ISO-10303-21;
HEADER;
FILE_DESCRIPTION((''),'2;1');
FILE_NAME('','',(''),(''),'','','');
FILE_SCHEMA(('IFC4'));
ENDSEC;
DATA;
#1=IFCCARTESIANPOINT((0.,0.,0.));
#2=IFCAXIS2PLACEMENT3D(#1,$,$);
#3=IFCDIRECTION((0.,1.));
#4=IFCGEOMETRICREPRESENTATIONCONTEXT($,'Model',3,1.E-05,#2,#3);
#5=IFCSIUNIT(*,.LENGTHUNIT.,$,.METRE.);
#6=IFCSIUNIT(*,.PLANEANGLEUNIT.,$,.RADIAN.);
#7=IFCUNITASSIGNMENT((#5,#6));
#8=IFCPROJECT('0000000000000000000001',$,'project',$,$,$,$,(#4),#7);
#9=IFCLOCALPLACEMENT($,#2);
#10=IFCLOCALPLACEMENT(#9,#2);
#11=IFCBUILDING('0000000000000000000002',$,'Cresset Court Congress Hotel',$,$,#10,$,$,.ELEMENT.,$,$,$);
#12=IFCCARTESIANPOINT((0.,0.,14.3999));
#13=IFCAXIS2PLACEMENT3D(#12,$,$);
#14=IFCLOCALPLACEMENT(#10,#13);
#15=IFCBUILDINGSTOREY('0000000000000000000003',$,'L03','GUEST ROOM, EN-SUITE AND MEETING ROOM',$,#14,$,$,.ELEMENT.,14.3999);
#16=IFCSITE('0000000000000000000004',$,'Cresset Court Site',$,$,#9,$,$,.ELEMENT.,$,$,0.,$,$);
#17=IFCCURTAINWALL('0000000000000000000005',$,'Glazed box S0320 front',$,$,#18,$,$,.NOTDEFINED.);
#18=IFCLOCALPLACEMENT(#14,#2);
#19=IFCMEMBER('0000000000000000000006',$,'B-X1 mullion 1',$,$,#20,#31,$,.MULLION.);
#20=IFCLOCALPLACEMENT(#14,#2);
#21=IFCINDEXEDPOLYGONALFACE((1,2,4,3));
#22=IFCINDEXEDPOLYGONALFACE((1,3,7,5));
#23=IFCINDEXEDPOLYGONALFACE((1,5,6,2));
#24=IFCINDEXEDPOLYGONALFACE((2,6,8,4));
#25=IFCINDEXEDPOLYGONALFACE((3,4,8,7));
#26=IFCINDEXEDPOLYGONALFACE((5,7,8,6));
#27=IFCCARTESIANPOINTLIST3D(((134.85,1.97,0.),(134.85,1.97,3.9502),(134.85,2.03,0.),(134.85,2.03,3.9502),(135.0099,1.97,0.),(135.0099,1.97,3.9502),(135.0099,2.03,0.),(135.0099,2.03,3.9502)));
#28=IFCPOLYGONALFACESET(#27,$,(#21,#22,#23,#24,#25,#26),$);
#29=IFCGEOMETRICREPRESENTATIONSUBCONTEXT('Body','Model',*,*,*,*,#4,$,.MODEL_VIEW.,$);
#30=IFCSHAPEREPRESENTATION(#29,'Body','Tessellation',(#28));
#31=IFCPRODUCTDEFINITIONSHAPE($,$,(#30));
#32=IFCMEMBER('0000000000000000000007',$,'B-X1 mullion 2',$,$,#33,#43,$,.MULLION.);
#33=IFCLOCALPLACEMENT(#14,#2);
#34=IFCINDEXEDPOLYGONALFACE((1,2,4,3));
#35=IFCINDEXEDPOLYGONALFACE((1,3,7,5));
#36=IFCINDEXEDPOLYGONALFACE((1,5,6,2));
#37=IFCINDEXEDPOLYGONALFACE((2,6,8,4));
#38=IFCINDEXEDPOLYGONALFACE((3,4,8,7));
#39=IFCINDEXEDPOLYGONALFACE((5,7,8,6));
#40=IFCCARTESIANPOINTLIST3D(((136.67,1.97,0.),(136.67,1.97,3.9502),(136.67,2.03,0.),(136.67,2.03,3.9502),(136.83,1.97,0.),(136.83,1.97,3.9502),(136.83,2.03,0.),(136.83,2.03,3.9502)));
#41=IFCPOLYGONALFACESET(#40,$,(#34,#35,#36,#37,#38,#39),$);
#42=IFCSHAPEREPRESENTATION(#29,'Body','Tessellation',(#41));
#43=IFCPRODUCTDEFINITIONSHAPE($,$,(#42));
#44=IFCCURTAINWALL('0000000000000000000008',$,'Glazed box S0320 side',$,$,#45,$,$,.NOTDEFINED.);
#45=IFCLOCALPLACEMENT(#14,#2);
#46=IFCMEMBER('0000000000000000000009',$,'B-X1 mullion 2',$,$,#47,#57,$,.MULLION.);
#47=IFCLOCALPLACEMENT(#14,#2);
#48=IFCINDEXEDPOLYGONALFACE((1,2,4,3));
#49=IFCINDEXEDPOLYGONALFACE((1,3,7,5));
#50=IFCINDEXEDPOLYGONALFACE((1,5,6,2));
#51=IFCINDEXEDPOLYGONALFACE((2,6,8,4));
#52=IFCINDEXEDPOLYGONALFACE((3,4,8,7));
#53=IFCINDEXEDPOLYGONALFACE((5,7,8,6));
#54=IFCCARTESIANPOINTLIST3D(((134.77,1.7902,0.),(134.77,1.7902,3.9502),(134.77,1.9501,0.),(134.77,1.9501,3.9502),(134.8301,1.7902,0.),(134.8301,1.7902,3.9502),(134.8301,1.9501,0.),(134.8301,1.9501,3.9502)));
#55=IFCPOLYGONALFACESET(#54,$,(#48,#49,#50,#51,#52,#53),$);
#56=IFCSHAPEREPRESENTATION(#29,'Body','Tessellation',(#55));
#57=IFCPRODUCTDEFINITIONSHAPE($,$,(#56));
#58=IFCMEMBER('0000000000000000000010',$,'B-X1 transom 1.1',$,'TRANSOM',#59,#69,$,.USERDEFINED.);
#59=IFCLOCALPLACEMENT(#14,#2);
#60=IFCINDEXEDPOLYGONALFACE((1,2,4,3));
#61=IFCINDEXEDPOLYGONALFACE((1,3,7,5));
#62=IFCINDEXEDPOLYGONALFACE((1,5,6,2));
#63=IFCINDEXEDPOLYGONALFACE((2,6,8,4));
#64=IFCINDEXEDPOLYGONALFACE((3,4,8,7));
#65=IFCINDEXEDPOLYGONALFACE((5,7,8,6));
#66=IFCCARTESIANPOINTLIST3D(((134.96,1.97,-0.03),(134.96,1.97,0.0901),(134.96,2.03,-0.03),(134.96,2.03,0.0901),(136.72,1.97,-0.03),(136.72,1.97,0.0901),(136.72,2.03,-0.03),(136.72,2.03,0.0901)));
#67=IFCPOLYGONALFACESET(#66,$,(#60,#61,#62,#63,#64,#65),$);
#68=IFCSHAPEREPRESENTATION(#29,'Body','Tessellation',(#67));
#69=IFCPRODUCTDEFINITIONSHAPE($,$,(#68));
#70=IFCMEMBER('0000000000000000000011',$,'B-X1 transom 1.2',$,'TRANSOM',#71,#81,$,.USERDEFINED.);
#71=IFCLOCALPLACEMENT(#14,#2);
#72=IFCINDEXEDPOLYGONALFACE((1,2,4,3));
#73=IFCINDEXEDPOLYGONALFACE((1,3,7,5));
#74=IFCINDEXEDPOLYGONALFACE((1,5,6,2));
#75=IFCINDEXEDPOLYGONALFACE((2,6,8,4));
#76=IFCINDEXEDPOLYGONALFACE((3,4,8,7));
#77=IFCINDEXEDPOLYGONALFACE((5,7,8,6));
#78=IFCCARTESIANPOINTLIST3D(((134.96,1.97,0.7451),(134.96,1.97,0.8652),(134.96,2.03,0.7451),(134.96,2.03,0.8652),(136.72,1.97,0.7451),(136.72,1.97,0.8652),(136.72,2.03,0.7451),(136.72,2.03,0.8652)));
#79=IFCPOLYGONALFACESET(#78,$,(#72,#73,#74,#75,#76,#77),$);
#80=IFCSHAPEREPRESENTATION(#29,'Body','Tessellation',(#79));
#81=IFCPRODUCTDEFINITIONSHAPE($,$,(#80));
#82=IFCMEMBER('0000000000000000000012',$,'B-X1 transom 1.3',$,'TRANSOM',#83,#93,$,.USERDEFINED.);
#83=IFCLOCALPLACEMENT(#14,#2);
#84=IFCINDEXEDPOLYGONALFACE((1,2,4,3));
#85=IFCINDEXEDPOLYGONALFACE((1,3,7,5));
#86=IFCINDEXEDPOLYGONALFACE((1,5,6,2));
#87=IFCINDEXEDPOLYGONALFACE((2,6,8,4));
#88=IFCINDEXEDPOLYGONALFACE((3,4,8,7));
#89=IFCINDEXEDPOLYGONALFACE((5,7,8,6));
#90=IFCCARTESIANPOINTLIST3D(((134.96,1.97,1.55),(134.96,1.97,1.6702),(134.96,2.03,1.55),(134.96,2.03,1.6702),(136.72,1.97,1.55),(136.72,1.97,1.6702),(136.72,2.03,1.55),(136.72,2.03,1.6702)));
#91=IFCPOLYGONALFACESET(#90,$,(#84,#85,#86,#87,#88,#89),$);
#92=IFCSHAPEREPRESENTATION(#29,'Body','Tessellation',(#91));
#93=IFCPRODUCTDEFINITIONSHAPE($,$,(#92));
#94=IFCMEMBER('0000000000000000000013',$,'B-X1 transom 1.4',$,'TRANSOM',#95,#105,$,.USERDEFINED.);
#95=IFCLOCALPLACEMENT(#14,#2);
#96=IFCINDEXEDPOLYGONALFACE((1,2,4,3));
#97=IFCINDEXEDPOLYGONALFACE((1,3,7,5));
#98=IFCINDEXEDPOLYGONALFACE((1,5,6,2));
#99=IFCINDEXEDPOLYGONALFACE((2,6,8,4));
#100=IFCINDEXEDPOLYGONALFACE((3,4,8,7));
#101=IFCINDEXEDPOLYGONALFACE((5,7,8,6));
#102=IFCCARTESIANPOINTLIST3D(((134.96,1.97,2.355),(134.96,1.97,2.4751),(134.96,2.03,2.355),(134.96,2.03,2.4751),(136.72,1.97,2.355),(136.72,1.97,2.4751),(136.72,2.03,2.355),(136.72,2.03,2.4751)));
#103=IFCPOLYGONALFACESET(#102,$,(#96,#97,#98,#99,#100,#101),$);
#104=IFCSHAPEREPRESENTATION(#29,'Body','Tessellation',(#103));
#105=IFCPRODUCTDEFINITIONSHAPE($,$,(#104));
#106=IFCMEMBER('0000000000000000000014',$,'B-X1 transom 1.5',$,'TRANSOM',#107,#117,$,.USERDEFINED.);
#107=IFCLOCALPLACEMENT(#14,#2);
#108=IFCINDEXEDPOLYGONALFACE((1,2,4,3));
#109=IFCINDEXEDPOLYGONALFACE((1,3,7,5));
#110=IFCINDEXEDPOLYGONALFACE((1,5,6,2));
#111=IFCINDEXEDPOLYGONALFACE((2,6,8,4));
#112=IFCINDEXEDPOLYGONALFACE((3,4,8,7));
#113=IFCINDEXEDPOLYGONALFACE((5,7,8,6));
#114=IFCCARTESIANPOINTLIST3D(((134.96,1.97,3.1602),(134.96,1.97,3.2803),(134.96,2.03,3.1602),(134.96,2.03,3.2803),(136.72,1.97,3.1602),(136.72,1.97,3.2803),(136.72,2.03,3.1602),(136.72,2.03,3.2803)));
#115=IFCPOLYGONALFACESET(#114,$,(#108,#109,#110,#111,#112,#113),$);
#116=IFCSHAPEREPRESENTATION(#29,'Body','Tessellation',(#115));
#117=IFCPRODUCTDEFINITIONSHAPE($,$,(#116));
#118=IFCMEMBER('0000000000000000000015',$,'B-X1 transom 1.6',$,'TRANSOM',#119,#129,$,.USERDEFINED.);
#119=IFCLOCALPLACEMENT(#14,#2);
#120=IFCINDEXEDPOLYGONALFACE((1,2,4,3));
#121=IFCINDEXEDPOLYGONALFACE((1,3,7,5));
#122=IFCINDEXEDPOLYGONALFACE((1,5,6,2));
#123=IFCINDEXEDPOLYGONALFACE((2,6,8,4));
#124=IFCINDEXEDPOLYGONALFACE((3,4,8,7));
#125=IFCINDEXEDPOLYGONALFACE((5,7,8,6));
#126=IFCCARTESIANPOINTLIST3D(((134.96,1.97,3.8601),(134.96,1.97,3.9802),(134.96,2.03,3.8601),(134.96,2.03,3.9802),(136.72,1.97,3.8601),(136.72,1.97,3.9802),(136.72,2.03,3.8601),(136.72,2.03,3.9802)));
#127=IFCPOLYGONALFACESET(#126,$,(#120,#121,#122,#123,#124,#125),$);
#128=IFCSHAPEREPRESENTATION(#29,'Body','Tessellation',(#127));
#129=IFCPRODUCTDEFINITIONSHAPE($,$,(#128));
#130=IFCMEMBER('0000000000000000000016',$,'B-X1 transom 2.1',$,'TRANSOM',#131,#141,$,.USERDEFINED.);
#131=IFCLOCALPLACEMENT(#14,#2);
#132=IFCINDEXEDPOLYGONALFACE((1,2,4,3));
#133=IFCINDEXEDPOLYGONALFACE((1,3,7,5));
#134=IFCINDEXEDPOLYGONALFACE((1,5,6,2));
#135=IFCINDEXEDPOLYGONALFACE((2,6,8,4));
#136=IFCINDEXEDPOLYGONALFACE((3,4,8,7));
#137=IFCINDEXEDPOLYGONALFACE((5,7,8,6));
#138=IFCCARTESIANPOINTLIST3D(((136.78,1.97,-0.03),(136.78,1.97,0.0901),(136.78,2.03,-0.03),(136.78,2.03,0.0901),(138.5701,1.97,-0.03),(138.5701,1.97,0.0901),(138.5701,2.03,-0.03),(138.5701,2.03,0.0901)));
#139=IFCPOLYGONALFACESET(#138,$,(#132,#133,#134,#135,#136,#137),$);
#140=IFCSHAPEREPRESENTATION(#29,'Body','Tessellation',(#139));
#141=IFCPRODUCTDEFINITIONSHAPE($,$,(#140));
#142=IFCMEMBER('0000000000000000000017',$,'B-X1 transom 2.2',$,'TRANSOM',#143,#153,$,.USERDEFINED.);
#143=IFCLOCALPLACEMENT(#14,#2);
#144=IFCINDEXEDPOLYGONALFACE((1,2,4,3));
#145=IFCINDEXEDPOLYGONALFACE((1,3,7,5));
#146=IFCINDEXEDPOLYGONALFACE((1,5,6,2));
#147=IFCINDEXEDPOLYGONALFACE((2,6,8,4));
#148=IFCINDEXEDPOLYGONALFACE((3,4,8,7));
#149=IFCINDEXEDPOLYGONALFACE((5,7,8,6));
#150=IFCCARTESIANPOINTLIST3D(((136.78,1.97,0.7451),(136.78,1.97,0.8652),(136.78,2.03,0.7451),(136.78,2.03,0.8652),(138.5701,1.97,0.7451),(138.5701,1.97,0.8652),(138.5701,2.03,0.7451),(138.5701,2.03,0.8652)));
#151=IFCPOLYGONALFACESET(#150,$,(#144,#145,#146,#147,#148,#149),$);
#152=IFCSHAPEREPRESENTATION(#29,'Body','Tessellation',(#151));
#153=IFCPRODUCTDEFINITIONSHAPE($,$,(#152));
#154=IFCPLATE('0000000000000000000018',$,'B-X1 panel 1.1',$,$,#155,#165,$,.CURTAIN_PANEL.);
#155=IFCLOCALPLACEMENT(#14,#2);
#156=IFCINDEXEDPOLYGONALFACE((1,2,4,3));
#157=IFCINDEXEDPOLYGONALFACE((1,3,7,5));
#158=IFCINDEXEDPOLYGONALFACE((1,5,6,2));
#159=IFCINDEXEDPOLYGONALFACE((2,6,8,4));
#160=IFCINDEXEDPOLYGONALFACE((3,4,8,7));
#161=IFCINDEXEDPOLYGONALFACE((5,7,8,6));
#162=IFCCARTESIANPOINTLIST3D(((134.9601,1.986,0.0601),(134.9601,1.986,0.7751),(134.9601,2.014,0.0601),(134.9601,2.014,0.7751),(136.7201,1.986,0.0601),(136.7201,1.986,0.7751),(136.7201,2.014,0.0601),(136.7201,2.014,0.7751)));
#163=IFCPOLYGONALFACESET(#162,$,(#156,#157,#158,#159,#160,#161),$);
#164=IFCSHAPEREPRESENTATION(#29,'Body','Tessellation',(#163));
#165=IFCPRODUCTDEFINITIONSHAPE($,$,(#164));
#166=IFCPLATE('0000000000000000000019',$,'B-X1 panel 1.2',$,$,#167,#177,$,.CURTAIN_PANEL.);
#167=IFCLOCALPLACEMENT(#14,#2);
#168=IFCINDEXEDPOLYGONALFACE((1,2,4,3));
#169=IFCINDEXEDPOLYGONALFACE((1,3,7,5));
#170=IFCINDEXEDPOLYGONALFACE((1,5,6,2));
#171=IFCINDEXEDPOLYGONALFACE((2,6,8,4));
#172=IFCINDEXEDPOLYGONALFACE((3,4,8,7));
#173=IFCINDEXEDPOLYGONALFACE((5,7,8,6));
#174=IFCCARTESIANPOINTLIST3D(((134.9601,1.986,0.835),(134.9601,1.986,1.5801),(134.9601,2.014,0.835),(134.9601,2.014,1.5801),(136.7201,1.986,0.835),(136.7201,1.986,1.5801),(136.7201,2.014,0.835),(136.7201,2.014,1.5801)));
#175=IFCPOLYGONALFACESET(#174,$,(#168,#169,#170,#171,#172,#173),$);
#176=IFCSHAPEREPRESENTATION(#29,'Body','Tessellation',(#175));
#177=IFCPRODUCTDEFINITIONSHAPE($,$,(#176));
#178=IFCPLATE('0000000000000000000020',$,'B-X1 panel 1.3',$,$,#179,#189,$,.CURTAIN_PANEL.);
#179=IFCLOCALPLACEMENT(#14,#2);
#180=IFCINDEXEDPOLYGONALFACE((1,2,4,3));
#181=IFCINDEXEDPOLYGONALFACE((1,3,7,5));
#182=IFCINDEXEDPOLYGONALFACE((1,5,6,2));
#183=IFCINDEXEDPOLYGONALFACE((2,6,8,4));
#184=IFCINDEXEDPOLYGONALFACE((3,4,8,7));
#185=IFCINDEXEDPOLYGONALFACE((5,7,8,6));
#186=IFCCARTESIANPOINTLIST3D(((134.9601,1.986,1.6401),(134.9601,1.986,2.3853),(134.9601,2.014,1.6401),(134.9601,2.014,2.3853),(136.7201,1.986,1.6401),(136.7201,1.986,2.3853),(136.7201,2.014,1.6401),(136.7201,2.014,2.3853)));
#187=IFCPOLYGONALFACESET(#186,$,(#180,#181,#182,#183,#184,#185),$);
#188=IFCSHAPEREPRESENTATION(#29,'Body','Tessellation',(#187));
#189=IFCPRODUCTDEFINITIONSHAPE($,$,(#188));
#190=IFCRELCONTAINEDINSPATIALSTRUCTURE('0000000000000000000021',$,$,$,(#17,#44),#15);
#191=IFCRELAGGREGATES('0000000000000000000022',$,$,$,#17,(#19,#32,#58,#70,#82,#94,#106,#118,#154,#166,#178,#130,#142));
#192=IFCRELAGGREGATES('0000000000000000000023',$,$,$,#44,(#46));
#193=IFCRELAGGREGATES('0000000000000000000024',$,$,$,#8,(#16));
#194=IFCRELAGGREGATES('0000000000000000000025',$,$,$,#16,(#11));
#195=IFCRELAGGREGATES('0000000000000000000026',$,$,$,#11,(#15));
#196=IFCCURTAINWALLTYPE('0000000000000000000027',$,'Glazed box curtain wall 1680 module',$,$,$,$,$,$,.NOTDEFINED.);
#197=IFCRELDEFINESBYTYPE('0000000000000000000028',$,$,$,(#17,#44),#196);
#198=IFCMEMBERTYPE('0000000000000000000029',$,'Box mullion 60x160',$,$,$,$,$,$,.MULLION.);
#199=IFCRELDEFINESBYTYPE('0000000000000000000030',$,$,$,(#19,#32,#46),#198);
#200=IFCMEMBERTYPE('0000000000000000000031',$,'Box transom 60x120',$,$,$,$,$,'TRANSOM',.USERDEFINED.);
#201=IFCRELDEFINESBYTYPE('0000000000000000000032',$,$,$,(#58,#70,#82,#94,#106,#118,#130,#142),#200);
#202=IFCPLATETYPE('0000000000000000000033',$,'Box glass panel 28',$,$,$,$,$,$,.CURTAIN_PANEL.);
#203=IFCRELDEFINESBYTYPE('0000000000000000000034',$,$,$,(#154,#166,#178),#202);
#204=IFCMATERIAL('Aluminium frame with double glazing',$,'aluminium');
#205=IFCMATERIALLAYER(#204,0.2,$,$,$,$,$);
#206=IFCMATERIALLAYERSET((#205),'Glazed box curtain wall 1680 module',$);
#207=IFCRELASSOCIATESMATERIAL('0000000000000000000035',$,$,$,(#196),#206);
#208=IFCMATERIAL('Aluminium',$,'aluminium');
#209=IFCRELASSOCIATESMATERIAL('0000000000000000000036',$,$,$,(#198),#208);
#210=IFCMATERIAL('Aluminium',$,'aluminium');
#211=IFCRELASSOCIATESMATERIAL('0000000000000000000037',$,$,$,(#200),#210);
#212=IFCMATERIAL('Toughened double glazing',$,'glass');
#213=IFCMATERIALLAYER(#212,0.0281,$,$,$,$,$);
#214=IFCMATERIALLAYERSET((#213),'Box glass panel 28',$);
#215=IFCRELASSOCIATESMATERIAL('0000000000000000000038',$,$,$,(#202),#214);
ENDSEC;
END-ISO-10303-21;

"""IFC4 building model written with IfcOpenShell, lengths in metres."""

from ifc_helpers import new_model, si_unit, direction, frame, origin, origin_2d, place, context, subcontext, project, spatial, rectangle, extrude, material, layer, layer_set, material_profile, profile_set, type_object, element, aggregate, save


model = new_model("IFC4")

# Units and contexts
model_context = context("Model", 3, precision=1e-05, world=origin(), true_north=direction((0.0, 1.0)))
body_context = subcontext(model_context, "Body", "Model", "MODEL_VIEW")
ifc_project = project(units=[si_unit("LENGTHUNIT", "METRE"), si_unit("PLANEANGLEUNIT", "RADIAN")], contexts=[model_context])

# Site, building, storey
site_placement = place(None, origin())
site = spatial("IfcSite", under=ifc_project, at=site_placement, Name="Cresset Court Site", CompositionType="ELEMENT", RefElevation=0.0)
building_placement = place(site_placement, origin())
building = spatial("IfcBuilding", under=site, at=building_placement, Name="Cresset Court Congress Hotel", CompositionType="ELEMENT")
storey_placement = place(building_placement, frame((0.0, 0.0, 14.3999)))
storey = spatial("IfcBuildingStorey", under=building, at=storey_placement, Name="L03", Description="GUEST ROOM, EN-SUITE AND MEETING ROOM", CompositionType="ELEMENT", Elevation=14.3999)

# Curtain wall, members
ifc_material_1 = material(Name="Aluminium frame with double glazing", Category="aluminium")
ifc_layer_1 = layer(ifc_material_1, 0.2)
ifc_layer_set_1 = layer_set([ifc_layer_1], Name="Glazed box curtain wall 1680 module")
curtain_wall_type = type_object("IfcCurtainWallType", Name="Glazed box curtain wall 1680 module", PredefinedType="NOTDEFINED", material=ifc_layer_set_1)
curtain_wall_1_placement = place(storey_placement, origin())
curtain_wall_1 = element("IfcCurtainWall", 1, at=curtain_wall_1_placement, inside=storey, type_object=curtain_wall_type, Name="Glazed box S0320 front", PredefinedType="NOTDEFINED")
ifc_material_2 = material(Name="Aluminium", Category="aluminium")
ifc_material_profile_1 = material_profile(ifc_material_2, rectangle(XDim=0.0601, YDim=0.1599, at=origin_2d()), Name="Box mullion 60x160")
ifc_profile_set_1 = profile_set([ifc_material_profile_1], Name="Aluminium")
member_type_1 = type_object("IfcMemberType", Name="Box mullion 60x160", PredefinedType="MULLION", material=ifc_profile_set_1)
member_1_placement = place(storey_placement, frame((134.9299, 2.0, 0.0), z_axis=(0.0, 0.0, 1.0), x_axis=(0.0, 1.0, 0.0)))
member_1 = element("IfcMember", 2, at=member_1_placement, type_object=member_type_1, Name="B-X1 mullion 1", PredefinedType="MULLION", context=body_context, shape_type="SweptSolid", body=[
    extrude(rectangle(XDim=0.0601, YDim=0.1599, at=origin_2d()), origin(), (0.0, 0.0, 1.0), 3.9502),
])
member_2_placement = place(storey_placement, frame((136.75, 2.0, 0.0), z_axis=(0.0, 0.0, 1.0), x_axis=(0.0, 1.0, 0.0)))
member_2 = element("IfcMember", 3, at=member_2_placement, type_object=member_type_1, Name="B-X1 mullion 2", PredefinedType="MULLION", context=body_context, shape_type="SweptSolid", body=[
    extrude(rectangle(XDim=0.0601, YDim=0.1599, at=origin_2d()), origin(), (0.0, 0.0, 1.0), 3.9502),
])

# Curtain wall, member
curtain_wall_2_placement = place(storey_placement, origin())
curtain_wall_2 = element("IfcCurtainWall", 4, at=curtain_wall_2_placement, inside=storey, type_object=curtain_wall_type, Name="Glazed box S0320 side", PredefinedType="NOTDEFINED")
member_3_placement = place(storey_placement, frame((134.8, 1.8701, 0.0), z_axis=(0.0, 0.0, 1.0), x_axis=(-1.0, 0.0, 0.0)))
member_3 = element("IfcMember", 5, at=member_3_placement, type_object=member_type_1, Name="B-X1 mullion 2", PredefinedType="MULLION", context=body_context, shape_type="SweptSolid", body=[
    extrude(rectangle(XDim=0.0601, YDim=0.1599, at=origin_2d()), origin(), (0.0, 0.0, 1.0), 3.9502),
])

# Members
ifc_material_3 = material(Name="Aluminium", Category="aluminium")
ifc_material_profile_2 = material_profile(ifc_material_3, rectangle(XDim=0.0601, YDim=0.1201, at=origin_2d()), Name="Box transom 60x120")
ifc_profile_set_2 = profile_set([ifc_material_profile_2], Name="Aluminium")
member_type_2 = type_object("IfcMemberType", Name="Box transom 60x120", ElementType="TRANSOM", PredefinedType="USERDEFINED", material=ifc_profile_set_2)
member_4_placement = place(storey_placement, frame((134.96, 2.0, 0.03), z_axis=(1.0, 0.0, 0.0), x_axis=(0.0, 1.0, 0.0)))
member_4 = element("IfcMember", 6, at=member_4_placement, type_object=member_type_2, Name="B-X1 transom 1.1", ObjectType="TRANSOM", PredefinedType="USERDEFINED", context=body_context, shape_type="SweptSolid", body=[
    extrude(rectangle(XDim=0.0601, YDim=0.1201, at=origin_2d()), origin(), (0.0, 0.0, 1.0), 1.76),
])
member_5_placement = place(storey_placement, frame((134.96, 2.0, 0.8052), z_axis=(1.0, 0.0, 0.0), x_axis=(0.0, 1.0, 0.0)))
member_5 = element("IfcMember", 7, at=member_5_placement, type_object=member_type_2, Name="B-X1 transom 1.2", ObjectType="TRANSOM", PredefinedType="USERDEFINED", context=body_context, shape_type="SweptSolid", body=[
    extrude(rectangle(XDim=0.0601, YDim=0.1201, at=origin_2d()), origin(), (0.0, 0.0, 1.0), 1.76),
])
member_6_placement = place(storey_placement, frame((134.96, 2.0, 1.6101), z_axis=(1.0, 0.0, 0.0), x_axis=(0.0, 1.0, 0.0)))
member_6 = element("IfcMember", 8, at=member_6_placement, type_object=member_type_2, Name="B-X1 transom 1.3", ObjectType="TRANSOM", PredefinedType="USERDEFINED", context=body_context, shape_type="SweptSolid", body=[
    extrude(rectangle(XDim=0.0601, YDim=0.1201, at=origin_2d()), origin(), (0.0, 0.0, 1.0), 1.76),
])
member_7_placement = place(storey_placement, frame((134.96, 2.0, 2.415), z_axis=(1.0, 0.0, 0.0), x_axis=(0.0, 1.0, 0.0)))
member_7 = element("IfcMember", 9, at=member_7_placement, type_object=member_type_2, Name="B-X1 transom 1.4", ObjectType="TRANSOM", PredefinedType="USERDEFINED", context=body_context, shape_type="SweptSolid", body=[
    extrude(rectangle(XDim=0.0601, YDim=0.1201, at=origin_2d()), origin(), (0.0, 0.0, 1.0), 1.76),
])
member_8_placement = place(storey_placement, frame((134.96, 2.0, 3.2202), z_axis=(1.0, 0.0, 0.0), x_axis=(0.0, 1.0, 0.0)))
member_8 = element("IfcMember", 10, at=member_8_placement, type_object=member_type_2, Name="B-X1 transom 1.5", ObjectType="TRANSOM", PredefinedType="USERDEFINED", context=body_context, shape_type="SweptSolid", body=[
    extrude(rectangle(XDim=0.0601, YDim=0.1201, at=origin_2d()), origin(), (0.0, 0.0, 1.0), 1.76),
])
member_9_placement = place(storey_placement, frame((134.96, 2.0, 3.9202), z_axis=(1.0, 0.0, 0.0), x_axis=(0.0, 1.0, 0.0)))
member_9 = element("IfcMember", 11, at=member_9_placement, type_object=member_type_2, Name="B-X1 transom 1.6", ObjectType="TRANSOM", PredefinedType="USERDEFINED", context=body_context, shape_type="SweptSolid", body=[
    extrude(rectangle(XDim=0.0601, YDim=0.1201, at=origin_2d()), origin(), (0.0, 0.0, 1.0), 1.76),
])
member_10_placement = place(storey_placement, frame((136.78, 2.0, 0.03), z_axis=(1.0, 0.0, 0.0), x_axis=(0.0, 1.0, 0.0)))
member_10 = element("IfcMember", 12, at=member_10_placement, type_object=member_type_2, Name="B-X1 transom 2.1", ObjectType="TRANSOM", PredefinedType="USERDEFINED", context=body_context, shape_type="SweptSolid", body=[
    extrude(rectangle(XDim=0.0601, YDim=0.1201, at=origin_2d()), origin(), (0.0, 0.0, 1.0), 1.79),
])
member_11_placement = place(storey_placement, frame((136.78, 2.0, 0.8052), z_axis=(1.0, 0.0, 0.0), x_axis=(0.0, 1.0, 0.0)))
member_11 = element("IfcMember", 13, at=member_11_placement, type_object=member_type_2, Name="B-X1 transom 2.2", ObjectType="TRANSOM", PredefinedType="USERDEFINED", context=body_context, shape_type="SweptSolid", body=[
    extrude(rectangle(XDim=0.0601, YDim=0.1201, at=origin_2d()), origin(), (0.0, 0.0, 1.0), 1.79),
])

# Plates
ifc_material_4 = material(Name="Toughened double glazing", Category="glass")
ifc_layer_2 = layer(ifc_material_4, 0.0281)
ifc_layer_set_2 = layer_set([ifc_layer_2], Name="Box glass panel 28")
plate_type_1 = type_object("IfcPlateType", Name="Box glass panel 28", PredefinedType="CURTAIN_PANEL", material=ifc_layer_set_2)
plate_1_placement = place(storey_placement, frame((135.8401, 2.0, 0.0601), z_axis=(0.0, 0.0, 1.0), x_axis=(1.0, 0.0, 0.0)))
plate_1 = element("IfcPlate", 14, at=plate_1_placement, type_object=plate_type_1, Name="B-X1 panel 1.1", PredefinedType="CURTAIN_PANEL", context=body_context, shape_type="SweptSolid", body=[
    extrude(rectangle(XDim=1.76, YDim=0.0281, at=origin_2d()), origin(), (0.0, 0.0, 1.0), 0.7151),
])
plate_2_placement = place(storey_placement, frame((135.8401, 2.0, 0.835), z_axis=(0.0, 0.0, 1.0), x_axis=(1.0, 0.0, 0.0)))
plate_2 = element("IfcPlate", 15, at=plate_2_placement, type_object=plate_type_1, Name="B-X1 panel 1.2", PredefinedType="CURTAIN_PANEL", context=body_context, shape_type="SweptSolid", body=[
    extrude(rectangle(XDim=1.76, YDim=0.0281, at=origin_2d()), origin(), (0.0, 0.0, 1.0), 0.7451),
])
plate_3_placement = place(storey_placement, frame((135.8401, 2.0, 1.6401), z_axis=(0.0, 0.0, 1.0), x_axis=(1.0, 0.0, 0.0)))
plate_3 = element("IfcPlate", 16, at=plate_3_placement, type_object=plate_type_1, Name="B-X1 panel 1.3", PredefinedType="CURTAIN_PANEL", context=body_context, shape_type="SweptSolid", body=[
    extrude(rectangle(XDim=1.76, YDim=0.0281, at=origin_2d()), origin(), (0.0, 0.0, 1.0), 0.7451),
])
aggregate(curtain_wall_1, [member_1, member_2, member_4, member_5, member_6, member_7, member_8, member_9, plate_1, plate_2, plate_3, member_10, member_11])
aggregate(curtain_wall_2, [member_3])

save(model, "model.ifc")
